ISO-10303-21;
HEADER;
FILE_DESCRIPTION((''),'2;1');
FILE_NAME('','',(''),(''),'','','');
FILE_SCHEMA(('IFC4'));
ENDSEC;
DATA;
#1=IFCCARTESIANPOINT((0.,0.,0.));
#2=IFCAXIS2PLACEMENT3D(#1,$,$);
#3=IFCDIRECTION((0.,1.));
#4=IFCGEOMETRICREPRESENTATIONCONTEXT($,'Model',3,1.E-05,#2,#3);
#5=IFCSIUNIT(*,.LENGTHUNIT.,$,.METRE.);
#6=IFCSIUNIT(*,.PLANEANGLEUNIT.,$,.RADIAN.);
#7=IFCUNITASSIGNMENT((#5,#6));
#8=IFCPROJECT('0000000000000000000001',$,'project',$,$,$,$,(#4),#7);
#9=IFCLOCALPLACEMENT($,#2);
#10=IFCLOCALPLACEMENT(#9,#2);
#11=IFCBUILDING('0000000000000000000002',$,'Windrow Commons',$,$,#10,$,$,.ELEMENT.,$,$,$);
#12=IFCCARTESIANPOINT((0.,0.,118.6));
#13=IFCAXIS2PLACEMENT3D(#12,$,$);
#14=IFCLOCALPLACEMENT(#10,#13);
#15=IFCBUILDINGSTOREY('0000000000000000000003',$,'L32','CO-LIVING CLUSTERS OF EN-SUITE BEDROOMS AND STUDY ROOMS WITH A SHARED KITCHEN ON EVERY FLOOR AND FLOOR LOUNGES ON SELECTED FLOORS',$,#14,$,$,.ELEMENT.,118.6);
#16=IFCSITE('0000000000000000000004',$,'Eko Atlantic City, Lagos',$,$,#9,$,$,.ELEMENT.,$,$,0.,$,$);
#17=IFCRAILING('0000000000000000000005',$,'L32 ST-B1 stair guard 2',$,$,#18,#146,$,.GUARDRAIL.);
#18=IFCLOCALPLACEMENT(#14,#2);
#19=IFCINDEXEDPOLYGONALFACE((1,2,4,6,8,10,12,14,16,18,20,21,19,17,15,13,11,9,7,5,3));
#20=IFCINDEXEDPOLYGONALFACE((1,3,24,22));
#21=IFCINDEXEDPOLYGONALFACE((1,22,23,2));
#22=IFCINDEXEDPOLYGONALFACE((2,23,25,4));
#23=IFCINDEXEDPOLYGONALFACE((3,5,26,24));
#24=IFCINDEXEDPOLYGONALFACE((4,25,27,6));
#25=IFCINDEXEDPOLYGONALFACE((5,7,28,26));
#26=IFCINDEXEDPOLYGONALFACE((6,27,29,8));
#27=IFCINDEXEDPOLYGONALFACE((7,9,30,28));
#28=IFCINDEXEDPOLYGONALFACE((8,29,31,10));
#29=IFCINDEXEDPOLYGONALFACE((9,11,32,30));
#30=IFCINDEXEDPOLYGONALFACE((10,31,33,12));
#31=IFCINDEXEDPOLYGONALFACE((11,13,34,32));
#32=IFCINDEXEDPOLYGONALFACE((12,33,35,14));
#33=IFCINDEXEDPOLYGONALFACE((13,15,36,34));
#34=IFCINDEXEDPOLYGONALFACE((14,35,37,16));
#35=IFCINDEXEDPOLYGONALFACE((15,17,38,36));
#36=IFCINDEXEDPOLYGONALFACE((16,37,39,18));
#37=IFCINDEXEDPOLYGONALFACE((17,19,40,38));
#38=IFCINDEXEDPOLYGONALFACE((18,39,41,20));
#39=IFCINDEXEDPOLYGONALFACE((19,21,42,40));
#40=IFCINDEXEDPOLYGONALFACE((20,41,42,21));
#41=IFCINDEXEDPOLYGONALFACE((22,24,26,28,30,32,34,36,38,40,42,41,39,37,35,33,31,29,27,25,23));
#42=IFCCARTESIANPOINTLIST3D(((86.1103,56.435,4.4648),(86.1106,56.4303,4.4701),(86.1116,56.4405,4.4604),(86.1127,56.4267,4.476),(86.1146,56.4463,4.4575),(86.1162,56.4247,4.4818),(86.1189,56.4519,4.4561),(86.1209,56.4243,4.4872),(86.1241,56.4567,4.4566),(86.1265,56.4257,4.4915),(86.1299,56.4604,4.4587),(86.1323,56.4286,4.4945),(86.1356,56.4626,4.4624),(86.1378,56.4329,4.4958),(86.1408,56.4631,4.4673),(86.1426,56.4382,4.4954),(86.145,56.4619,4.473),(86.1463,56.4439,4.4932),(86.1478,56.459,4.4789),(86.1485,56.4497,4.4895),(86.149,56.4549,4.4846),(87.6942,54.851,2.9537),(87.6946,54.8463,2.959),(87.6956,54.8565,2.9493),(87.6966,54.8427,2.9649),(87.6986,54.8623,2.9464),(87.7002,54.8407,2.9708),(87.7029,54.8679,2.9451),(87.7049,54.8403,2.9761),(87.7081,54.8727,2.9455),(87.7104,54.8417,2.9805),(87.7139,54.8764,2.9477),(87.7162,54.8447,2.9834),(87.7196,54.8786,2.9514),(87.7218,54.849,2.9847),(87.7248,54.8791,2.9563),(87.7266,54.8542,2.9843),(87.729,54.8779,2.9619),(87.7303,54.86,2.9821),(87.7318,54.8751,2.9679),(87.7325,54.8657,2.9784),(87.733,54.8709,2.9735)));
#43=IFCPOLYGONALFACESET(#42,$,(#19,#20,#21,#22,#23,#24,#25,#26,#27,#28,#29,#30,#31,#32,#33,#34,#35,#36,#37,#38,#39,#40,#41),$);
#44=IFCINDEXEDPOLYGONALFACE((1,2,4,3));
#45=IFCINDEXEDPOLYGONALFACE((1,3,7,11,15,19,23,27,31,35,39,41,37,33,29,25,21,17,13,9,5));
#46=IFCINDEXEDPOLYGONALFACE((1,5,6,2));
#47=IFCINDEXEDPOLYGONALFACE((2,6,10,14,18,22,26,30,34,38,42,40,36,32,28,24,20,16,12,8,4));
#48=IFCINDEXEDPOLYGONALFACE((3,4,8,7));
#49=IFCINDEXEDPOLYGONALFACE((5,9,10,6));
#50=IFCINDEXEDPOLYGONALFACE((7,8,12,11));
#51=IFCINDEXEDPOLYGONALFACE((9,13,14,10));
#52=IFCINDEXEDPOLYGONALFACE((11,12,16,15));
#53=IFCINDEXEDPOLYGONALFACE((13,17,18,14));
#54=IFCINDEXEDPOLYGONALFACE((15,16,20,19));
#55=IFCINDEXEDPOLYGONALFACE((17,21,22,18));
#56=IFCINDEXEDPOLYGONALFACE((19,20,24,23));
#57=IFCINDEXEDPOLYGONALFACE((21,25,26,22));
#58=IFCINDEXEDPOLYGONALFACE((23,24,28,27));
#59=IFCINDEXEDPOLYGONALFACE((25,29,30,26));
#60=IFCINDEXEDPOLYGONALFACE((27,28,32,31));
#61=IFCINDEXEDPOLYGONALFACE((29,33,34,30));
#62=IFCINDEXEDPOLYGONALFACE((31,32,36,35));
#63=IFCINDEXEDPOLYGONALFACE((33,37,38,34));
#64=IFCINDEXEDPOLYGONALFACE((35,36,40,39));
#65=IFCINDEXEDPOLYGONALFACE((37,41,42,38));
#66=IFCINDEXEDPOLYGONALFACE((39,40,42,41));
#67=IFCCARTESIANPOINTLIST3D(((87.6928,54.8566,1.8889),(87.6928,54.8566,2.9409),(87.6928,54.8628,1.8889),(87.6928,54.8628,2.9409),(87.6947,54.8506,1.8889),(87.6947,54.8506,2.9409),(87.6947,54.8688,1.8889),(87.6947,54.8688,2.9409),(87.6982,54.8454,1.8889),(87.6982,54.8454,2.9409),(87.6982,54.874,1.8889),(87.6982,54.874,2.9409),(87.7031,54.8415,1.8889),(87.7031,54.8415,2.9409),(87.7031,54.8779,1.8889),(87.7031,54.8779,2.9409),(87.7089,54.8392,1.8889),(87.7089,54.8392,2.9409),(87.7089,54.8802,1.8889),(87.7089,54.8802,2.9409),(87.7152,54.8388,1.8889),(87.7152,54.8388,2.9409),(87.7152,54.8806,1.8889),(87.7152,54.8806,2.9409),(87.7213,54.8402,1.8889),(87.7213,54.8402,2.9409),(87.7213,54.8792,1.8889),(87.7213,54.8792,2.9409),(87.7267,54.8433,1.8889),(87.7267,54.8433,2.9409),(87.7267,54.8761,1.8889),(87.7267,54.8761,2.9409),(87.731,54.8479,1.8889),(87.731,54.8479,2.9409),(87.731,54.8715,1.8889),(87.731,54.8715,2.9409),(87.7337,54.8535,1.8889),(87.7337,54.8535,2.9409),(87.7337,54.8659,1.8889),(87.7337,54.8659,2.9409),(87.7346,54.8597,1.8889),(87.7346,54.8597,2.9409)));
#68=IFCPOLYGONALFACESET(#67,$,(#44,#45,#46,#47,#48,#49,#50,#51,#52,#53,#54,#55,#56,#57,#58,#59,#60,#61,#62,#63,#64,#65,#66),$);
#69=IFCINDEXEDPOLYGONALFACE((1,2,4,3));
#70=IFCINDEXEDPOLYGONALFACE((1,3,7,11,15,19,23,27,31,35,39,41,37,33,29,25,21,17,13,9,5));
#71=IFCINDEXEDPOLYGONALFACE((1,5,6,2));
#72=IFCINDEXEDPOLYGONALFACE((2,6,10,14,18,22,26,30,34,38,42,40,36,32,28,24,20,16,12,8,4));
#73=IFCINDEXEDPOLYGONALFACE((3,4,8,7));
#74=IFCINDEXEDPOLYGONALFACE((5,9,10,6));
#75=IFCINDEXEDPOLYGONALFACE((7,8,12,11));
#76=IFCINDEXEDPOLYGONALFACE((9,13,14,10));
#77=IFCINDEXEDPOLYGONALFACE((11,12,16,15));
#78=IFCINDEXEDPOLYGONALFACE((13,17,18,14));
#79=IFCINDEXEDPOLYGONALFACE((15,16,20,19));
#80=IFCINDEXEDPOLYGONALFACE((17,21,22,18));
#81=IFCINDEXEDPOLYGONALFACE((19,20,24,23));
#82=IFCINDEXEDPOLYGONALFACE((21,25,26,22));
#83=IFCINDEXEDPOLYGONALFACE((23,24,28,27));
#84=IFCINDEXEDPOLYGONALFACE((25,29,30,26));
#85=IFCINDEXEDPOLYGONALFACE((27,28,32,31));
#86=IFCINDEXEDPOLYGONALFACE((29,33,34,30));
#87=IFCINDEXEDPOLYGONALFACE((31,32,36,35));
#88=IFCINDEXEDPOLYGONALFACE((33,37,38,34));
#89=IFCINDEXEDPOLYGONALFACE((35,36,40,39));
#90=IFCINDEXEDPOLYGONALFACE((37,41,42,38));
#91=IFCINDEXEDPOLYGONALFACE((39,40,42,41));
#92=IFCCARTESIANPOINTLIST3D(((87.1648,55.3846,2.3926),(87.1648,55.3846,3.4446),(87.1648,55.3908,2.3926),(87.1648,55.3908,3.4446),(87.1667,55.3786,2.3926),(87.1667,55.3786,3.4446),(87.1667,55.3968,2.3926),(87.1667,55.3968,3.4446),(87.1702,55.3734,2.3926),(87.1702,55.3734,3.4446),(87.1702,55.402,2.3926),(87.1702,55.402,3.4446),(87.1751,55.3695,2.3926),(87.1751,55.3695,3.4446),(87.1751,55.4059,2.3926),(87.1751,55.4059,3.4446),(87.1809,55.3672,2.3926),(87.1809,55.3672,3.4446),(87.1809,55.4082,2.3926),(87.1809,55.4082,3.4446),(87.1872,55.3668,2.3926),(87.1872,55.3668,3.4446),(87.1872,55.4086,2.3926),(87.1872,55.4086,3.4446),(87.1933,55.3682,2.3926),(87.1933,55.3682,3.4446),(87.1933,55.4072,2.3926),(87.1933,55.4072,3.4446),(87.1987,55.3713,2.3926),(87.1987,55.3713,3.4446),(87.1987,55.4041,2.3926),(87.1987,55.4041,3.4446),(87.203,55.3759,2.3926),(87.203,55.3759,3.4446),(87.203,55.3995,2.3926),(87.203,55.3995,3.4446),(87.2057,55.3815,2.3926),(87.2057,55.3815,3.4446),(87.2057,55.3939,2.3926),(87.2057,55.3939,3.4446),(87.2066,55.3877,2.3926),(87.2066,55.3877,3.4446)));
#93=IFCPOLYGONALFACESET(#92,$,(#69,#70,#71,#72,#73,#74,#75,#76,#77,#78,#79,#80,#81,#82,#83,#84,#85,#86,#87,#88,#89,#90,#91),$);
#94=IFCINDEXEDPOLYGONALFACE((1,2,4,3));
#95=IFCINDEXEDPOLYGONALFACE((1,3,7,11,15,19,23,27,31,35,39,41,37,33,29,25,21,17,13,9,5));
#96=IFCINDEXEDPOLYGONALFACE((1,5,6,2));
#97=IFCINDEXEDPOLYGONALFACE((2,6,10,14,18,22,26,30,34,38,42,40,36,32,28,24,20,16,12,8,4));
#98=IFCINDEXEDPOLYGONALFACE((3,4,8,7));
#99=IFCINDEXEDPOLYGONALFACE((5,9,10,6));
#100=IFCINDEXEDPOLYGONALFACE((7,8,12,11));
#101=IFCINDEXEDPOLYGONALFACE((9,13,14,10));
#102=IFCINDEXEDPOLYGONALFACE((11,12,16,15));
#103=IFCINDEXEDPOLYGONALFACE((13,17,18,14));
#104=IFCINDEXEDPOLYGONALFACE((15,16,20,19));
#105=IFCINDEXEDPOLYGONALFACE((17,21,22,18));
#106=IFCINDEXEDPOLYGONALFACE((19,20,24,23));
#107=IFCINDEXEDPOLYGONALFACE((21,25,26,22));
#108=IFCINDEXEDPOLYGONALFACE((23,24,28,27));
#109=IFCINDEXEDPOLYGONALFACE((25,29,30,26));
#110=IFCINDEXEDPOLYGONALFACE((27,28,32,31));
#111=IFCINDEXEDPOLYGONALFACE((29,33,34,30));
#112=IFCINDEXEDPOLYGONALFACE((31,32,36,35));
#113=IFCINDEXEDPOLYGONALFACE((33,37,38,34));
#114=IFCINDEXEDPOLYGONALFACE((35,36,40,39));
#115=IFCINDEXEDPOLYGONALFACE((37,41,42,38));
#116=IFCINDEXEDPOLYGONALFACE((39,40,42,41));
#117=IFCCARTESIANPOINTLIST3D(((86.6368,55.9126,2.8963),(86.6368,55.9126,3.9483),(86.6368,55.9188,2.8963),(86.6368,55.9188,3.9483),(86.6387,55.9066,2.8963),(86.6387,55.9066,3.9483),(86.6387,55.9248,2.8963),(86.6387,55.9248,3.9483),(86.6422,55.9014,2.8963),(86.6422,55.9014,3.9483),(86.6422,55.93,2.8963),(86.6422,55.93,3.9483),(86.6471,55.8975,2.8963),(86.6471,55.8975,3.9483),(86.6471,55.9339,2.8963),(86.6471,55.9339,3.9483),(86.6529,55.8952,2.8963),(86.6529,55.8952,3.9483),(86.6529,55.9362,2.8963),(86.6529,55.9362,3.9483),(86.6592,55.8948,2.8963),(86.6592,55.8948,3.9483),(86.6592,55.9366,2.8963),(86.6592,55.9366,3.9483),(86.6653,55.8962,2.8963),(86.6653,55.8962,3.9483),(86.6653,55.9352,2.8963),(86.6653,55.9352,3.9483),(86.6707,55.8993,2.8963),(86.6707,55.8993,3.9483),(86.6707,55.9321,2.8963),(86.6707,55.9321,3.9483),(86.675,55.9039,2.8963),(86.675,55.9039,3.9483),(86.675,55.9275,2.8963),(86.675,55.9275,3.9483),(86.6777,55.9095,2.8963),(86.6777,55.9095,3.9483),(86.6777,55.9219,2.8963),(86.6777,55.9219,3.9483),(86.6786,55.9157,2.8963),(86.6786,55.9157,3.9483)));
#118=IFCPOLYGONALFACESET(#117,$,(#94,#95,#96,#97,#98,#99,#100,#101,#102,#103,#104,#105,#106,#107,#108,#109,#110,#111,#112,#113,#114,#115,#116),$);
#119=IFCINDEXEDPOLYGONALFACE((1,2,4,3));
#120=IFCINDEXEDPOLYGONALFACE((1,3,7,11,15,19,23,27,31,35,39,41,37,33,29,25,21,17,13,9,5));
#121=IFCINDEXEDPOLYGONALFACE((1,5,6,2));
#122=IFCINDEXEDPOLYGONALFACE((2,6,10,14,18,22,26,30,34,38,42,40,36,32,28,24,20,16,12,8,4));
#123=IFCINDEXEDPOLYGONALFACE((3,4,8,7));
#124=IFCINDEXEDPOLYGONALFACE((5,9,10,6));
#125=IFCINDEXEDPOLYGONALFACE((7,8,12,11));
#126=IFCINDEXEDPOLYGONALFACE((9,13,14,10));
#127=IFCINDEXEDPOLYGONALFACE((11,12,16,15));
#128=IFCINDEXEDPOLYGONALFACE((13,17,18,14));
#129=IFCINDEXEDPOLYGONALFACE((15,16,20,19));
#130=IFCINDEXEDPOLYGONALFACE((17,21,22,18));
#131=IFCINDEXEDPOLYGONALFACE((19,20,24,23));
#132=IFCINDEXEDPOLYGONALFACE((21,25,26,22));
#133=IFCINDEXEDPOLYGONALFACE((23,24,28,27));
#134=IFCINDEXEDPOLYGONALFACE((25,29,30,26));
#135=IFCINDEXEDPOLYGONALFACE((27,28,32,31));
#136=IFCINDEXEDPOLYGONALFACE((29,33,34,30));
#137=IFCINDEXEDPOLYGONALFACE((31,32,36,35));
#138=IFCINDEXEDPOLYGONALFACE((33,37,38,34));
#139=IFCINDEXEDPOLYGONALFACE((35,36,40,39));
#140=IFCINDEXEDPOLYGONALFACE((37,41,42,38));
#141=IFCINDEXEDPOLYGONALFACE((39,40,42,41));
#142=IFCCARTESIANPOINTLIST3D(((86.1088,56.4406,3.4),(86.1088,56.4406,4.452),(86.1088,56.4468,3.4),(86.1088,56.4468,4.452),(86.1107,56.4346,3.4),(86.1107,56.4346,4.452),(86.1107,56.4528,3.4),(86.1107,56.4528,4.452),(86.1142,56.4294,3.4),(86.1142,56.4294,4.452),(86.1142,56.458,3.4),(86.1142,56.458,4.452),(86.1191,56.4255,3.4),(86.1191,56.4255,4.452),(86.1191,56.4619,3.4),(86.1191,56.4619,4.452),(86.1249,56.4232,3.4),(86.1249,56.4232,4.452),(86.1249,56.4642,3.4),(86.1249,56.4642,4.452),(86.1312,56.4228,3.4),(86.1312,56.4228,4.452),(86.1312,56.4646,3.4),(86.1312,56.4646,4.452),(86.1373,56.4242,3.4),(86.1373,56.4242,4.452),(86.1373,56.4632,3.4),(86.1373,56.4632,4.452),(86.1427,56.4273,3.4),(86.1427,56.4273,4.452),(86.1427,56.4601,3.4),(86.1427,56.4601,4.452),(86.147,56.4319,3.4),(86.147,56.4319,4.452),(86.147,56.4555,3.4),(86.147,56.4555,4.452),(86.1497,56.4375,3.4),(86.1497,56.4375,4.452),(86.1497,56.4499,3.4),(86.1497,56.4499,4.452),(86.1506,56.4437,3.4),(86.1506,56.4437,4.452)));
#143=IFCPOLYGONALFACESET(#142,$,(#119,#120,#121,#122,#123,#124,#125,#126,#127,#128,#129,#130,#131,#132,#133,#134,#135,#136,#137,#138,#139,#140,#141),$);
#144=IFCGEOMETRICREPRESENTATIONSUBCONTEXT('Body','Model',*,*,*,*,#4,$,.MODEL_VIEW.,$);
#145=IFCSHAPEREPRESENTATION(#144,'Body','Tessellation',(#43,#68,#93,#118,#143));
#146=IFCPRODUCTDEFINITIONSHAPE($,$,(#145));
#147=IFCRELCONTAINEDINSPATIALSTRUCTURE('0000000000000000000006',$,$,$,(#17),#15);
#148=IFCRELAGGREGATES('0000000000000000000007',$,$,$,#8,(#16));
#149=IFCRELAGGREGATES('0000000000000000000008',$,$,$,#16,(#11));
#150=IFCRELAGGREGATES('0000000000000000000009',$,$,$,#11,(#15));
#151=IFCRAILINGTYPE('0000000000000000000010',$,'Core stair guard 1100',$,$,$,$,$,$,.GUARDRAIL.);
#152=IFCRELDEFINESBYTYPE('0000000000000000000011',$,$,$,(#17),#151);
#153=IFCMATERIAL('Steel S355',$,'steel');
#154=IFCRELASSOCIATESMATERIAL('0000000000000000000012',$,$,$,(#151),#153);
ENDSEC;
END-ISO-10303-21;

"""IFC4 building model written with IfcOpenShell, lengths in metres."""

from ifc_helpers import new_model, si_unit, direction, frame, origin, origin_2d, place, context, subcontext, project, spatial, circle, extrude, material, type_object, element, save


model = new_model("IFC4")

# Units and contexts
model_context = context("Model", 3, precision=1e-05, world=origin(), true_north=direction((0.0, 1.0)))
body_context = subcontext(model_context, "Body", "Model", "MODEL_VIEW")
ifc_project = project(units=[si_unit("LENGTHUNIT", "METRE"), si_unit("PLANEANGLEUNIT", "RADIAN")], contexts=[model_context])

# Site, building, storey
site_placement = place(None, origin())
site = spatial("IfcSite", under=ifc_project, at=site_placement, Name="Eko Atlantic City, Lagos", CompositionType="ELEMENT", RefElevation=0.0)
building_placement = place(site_placement, origin())
building = spatial("IfcBuilding", under=site, at=building_placement, Name="Windrow Commons", CompositionType="ELEMENT")
storey_placement = place(building_placement, frame((0.0, 0.0, 118.6)))
storey = spatial("IfcBuildingStorey", under=building, at=storey_placement, Name="L32", Description="CO-LIVING CLUSTERS OF EN-SUITE BEDROOMS AND STUDY ROOMS WITH A SHARED KITCHEN ON EVERY FLOOR AND FLOOR LOUNGES ON SELECTED FLOORS", CompositionType="ELEMENT", Elevation=118.6)

# Railing
ifc_material_1 = material(Name="Steel S355", Category="steel")
railing_type_1 = type_object("IfcRailingType", Name="Core stair guard 1100", PredefinedType="GUARDRAIL", material=ifc_material_1)
railing_1_placement = place(storey_placement, frame((87.7136, 54.8597, 1.8889)))
element("IfcRailing", 1, at=railing_1_placement, inside=storey, type_object=railing_type_1, Name="L32 ST-B1 stair guard 2", PredefinedType="GUARDRAIL", context=body_context, shape_type="SweptSolid", body=[
    extrude(circle(Radius=0.024, at=origin_2d()), frame((0.0, 0.0, 1.076), z_axis=(-0.586203, 0.586203, 0.559224), x_axis=(-0.707107, -0.707107, 0.0)), (0.0, 0.0, 1.0), 2.7021),
    extrude(circle(Radius=0.021, at=origin_2d()), origin(), (0.0, 0.0, 1.0), 1.052),
    extrude(circle(Radius=0.021, at=origin_2d()), frame((-0.528, 0.528, 0.5037)), (0.0, 0.0, 1.0), 1.052),
    extrude(circle(Radius=0.021, at=origin_2d()), frame((-1.056, 1.056, 1.0074)), (0.0, 0.0, 1.0), 1.052),
    extrude(circle(Radius=0.021, at=origin_2d()), frame((-1.584, 1.584, 1.5111)), (0.0, 0.0, 1.0), 1.052),
])

save(model, "model.ifc")
